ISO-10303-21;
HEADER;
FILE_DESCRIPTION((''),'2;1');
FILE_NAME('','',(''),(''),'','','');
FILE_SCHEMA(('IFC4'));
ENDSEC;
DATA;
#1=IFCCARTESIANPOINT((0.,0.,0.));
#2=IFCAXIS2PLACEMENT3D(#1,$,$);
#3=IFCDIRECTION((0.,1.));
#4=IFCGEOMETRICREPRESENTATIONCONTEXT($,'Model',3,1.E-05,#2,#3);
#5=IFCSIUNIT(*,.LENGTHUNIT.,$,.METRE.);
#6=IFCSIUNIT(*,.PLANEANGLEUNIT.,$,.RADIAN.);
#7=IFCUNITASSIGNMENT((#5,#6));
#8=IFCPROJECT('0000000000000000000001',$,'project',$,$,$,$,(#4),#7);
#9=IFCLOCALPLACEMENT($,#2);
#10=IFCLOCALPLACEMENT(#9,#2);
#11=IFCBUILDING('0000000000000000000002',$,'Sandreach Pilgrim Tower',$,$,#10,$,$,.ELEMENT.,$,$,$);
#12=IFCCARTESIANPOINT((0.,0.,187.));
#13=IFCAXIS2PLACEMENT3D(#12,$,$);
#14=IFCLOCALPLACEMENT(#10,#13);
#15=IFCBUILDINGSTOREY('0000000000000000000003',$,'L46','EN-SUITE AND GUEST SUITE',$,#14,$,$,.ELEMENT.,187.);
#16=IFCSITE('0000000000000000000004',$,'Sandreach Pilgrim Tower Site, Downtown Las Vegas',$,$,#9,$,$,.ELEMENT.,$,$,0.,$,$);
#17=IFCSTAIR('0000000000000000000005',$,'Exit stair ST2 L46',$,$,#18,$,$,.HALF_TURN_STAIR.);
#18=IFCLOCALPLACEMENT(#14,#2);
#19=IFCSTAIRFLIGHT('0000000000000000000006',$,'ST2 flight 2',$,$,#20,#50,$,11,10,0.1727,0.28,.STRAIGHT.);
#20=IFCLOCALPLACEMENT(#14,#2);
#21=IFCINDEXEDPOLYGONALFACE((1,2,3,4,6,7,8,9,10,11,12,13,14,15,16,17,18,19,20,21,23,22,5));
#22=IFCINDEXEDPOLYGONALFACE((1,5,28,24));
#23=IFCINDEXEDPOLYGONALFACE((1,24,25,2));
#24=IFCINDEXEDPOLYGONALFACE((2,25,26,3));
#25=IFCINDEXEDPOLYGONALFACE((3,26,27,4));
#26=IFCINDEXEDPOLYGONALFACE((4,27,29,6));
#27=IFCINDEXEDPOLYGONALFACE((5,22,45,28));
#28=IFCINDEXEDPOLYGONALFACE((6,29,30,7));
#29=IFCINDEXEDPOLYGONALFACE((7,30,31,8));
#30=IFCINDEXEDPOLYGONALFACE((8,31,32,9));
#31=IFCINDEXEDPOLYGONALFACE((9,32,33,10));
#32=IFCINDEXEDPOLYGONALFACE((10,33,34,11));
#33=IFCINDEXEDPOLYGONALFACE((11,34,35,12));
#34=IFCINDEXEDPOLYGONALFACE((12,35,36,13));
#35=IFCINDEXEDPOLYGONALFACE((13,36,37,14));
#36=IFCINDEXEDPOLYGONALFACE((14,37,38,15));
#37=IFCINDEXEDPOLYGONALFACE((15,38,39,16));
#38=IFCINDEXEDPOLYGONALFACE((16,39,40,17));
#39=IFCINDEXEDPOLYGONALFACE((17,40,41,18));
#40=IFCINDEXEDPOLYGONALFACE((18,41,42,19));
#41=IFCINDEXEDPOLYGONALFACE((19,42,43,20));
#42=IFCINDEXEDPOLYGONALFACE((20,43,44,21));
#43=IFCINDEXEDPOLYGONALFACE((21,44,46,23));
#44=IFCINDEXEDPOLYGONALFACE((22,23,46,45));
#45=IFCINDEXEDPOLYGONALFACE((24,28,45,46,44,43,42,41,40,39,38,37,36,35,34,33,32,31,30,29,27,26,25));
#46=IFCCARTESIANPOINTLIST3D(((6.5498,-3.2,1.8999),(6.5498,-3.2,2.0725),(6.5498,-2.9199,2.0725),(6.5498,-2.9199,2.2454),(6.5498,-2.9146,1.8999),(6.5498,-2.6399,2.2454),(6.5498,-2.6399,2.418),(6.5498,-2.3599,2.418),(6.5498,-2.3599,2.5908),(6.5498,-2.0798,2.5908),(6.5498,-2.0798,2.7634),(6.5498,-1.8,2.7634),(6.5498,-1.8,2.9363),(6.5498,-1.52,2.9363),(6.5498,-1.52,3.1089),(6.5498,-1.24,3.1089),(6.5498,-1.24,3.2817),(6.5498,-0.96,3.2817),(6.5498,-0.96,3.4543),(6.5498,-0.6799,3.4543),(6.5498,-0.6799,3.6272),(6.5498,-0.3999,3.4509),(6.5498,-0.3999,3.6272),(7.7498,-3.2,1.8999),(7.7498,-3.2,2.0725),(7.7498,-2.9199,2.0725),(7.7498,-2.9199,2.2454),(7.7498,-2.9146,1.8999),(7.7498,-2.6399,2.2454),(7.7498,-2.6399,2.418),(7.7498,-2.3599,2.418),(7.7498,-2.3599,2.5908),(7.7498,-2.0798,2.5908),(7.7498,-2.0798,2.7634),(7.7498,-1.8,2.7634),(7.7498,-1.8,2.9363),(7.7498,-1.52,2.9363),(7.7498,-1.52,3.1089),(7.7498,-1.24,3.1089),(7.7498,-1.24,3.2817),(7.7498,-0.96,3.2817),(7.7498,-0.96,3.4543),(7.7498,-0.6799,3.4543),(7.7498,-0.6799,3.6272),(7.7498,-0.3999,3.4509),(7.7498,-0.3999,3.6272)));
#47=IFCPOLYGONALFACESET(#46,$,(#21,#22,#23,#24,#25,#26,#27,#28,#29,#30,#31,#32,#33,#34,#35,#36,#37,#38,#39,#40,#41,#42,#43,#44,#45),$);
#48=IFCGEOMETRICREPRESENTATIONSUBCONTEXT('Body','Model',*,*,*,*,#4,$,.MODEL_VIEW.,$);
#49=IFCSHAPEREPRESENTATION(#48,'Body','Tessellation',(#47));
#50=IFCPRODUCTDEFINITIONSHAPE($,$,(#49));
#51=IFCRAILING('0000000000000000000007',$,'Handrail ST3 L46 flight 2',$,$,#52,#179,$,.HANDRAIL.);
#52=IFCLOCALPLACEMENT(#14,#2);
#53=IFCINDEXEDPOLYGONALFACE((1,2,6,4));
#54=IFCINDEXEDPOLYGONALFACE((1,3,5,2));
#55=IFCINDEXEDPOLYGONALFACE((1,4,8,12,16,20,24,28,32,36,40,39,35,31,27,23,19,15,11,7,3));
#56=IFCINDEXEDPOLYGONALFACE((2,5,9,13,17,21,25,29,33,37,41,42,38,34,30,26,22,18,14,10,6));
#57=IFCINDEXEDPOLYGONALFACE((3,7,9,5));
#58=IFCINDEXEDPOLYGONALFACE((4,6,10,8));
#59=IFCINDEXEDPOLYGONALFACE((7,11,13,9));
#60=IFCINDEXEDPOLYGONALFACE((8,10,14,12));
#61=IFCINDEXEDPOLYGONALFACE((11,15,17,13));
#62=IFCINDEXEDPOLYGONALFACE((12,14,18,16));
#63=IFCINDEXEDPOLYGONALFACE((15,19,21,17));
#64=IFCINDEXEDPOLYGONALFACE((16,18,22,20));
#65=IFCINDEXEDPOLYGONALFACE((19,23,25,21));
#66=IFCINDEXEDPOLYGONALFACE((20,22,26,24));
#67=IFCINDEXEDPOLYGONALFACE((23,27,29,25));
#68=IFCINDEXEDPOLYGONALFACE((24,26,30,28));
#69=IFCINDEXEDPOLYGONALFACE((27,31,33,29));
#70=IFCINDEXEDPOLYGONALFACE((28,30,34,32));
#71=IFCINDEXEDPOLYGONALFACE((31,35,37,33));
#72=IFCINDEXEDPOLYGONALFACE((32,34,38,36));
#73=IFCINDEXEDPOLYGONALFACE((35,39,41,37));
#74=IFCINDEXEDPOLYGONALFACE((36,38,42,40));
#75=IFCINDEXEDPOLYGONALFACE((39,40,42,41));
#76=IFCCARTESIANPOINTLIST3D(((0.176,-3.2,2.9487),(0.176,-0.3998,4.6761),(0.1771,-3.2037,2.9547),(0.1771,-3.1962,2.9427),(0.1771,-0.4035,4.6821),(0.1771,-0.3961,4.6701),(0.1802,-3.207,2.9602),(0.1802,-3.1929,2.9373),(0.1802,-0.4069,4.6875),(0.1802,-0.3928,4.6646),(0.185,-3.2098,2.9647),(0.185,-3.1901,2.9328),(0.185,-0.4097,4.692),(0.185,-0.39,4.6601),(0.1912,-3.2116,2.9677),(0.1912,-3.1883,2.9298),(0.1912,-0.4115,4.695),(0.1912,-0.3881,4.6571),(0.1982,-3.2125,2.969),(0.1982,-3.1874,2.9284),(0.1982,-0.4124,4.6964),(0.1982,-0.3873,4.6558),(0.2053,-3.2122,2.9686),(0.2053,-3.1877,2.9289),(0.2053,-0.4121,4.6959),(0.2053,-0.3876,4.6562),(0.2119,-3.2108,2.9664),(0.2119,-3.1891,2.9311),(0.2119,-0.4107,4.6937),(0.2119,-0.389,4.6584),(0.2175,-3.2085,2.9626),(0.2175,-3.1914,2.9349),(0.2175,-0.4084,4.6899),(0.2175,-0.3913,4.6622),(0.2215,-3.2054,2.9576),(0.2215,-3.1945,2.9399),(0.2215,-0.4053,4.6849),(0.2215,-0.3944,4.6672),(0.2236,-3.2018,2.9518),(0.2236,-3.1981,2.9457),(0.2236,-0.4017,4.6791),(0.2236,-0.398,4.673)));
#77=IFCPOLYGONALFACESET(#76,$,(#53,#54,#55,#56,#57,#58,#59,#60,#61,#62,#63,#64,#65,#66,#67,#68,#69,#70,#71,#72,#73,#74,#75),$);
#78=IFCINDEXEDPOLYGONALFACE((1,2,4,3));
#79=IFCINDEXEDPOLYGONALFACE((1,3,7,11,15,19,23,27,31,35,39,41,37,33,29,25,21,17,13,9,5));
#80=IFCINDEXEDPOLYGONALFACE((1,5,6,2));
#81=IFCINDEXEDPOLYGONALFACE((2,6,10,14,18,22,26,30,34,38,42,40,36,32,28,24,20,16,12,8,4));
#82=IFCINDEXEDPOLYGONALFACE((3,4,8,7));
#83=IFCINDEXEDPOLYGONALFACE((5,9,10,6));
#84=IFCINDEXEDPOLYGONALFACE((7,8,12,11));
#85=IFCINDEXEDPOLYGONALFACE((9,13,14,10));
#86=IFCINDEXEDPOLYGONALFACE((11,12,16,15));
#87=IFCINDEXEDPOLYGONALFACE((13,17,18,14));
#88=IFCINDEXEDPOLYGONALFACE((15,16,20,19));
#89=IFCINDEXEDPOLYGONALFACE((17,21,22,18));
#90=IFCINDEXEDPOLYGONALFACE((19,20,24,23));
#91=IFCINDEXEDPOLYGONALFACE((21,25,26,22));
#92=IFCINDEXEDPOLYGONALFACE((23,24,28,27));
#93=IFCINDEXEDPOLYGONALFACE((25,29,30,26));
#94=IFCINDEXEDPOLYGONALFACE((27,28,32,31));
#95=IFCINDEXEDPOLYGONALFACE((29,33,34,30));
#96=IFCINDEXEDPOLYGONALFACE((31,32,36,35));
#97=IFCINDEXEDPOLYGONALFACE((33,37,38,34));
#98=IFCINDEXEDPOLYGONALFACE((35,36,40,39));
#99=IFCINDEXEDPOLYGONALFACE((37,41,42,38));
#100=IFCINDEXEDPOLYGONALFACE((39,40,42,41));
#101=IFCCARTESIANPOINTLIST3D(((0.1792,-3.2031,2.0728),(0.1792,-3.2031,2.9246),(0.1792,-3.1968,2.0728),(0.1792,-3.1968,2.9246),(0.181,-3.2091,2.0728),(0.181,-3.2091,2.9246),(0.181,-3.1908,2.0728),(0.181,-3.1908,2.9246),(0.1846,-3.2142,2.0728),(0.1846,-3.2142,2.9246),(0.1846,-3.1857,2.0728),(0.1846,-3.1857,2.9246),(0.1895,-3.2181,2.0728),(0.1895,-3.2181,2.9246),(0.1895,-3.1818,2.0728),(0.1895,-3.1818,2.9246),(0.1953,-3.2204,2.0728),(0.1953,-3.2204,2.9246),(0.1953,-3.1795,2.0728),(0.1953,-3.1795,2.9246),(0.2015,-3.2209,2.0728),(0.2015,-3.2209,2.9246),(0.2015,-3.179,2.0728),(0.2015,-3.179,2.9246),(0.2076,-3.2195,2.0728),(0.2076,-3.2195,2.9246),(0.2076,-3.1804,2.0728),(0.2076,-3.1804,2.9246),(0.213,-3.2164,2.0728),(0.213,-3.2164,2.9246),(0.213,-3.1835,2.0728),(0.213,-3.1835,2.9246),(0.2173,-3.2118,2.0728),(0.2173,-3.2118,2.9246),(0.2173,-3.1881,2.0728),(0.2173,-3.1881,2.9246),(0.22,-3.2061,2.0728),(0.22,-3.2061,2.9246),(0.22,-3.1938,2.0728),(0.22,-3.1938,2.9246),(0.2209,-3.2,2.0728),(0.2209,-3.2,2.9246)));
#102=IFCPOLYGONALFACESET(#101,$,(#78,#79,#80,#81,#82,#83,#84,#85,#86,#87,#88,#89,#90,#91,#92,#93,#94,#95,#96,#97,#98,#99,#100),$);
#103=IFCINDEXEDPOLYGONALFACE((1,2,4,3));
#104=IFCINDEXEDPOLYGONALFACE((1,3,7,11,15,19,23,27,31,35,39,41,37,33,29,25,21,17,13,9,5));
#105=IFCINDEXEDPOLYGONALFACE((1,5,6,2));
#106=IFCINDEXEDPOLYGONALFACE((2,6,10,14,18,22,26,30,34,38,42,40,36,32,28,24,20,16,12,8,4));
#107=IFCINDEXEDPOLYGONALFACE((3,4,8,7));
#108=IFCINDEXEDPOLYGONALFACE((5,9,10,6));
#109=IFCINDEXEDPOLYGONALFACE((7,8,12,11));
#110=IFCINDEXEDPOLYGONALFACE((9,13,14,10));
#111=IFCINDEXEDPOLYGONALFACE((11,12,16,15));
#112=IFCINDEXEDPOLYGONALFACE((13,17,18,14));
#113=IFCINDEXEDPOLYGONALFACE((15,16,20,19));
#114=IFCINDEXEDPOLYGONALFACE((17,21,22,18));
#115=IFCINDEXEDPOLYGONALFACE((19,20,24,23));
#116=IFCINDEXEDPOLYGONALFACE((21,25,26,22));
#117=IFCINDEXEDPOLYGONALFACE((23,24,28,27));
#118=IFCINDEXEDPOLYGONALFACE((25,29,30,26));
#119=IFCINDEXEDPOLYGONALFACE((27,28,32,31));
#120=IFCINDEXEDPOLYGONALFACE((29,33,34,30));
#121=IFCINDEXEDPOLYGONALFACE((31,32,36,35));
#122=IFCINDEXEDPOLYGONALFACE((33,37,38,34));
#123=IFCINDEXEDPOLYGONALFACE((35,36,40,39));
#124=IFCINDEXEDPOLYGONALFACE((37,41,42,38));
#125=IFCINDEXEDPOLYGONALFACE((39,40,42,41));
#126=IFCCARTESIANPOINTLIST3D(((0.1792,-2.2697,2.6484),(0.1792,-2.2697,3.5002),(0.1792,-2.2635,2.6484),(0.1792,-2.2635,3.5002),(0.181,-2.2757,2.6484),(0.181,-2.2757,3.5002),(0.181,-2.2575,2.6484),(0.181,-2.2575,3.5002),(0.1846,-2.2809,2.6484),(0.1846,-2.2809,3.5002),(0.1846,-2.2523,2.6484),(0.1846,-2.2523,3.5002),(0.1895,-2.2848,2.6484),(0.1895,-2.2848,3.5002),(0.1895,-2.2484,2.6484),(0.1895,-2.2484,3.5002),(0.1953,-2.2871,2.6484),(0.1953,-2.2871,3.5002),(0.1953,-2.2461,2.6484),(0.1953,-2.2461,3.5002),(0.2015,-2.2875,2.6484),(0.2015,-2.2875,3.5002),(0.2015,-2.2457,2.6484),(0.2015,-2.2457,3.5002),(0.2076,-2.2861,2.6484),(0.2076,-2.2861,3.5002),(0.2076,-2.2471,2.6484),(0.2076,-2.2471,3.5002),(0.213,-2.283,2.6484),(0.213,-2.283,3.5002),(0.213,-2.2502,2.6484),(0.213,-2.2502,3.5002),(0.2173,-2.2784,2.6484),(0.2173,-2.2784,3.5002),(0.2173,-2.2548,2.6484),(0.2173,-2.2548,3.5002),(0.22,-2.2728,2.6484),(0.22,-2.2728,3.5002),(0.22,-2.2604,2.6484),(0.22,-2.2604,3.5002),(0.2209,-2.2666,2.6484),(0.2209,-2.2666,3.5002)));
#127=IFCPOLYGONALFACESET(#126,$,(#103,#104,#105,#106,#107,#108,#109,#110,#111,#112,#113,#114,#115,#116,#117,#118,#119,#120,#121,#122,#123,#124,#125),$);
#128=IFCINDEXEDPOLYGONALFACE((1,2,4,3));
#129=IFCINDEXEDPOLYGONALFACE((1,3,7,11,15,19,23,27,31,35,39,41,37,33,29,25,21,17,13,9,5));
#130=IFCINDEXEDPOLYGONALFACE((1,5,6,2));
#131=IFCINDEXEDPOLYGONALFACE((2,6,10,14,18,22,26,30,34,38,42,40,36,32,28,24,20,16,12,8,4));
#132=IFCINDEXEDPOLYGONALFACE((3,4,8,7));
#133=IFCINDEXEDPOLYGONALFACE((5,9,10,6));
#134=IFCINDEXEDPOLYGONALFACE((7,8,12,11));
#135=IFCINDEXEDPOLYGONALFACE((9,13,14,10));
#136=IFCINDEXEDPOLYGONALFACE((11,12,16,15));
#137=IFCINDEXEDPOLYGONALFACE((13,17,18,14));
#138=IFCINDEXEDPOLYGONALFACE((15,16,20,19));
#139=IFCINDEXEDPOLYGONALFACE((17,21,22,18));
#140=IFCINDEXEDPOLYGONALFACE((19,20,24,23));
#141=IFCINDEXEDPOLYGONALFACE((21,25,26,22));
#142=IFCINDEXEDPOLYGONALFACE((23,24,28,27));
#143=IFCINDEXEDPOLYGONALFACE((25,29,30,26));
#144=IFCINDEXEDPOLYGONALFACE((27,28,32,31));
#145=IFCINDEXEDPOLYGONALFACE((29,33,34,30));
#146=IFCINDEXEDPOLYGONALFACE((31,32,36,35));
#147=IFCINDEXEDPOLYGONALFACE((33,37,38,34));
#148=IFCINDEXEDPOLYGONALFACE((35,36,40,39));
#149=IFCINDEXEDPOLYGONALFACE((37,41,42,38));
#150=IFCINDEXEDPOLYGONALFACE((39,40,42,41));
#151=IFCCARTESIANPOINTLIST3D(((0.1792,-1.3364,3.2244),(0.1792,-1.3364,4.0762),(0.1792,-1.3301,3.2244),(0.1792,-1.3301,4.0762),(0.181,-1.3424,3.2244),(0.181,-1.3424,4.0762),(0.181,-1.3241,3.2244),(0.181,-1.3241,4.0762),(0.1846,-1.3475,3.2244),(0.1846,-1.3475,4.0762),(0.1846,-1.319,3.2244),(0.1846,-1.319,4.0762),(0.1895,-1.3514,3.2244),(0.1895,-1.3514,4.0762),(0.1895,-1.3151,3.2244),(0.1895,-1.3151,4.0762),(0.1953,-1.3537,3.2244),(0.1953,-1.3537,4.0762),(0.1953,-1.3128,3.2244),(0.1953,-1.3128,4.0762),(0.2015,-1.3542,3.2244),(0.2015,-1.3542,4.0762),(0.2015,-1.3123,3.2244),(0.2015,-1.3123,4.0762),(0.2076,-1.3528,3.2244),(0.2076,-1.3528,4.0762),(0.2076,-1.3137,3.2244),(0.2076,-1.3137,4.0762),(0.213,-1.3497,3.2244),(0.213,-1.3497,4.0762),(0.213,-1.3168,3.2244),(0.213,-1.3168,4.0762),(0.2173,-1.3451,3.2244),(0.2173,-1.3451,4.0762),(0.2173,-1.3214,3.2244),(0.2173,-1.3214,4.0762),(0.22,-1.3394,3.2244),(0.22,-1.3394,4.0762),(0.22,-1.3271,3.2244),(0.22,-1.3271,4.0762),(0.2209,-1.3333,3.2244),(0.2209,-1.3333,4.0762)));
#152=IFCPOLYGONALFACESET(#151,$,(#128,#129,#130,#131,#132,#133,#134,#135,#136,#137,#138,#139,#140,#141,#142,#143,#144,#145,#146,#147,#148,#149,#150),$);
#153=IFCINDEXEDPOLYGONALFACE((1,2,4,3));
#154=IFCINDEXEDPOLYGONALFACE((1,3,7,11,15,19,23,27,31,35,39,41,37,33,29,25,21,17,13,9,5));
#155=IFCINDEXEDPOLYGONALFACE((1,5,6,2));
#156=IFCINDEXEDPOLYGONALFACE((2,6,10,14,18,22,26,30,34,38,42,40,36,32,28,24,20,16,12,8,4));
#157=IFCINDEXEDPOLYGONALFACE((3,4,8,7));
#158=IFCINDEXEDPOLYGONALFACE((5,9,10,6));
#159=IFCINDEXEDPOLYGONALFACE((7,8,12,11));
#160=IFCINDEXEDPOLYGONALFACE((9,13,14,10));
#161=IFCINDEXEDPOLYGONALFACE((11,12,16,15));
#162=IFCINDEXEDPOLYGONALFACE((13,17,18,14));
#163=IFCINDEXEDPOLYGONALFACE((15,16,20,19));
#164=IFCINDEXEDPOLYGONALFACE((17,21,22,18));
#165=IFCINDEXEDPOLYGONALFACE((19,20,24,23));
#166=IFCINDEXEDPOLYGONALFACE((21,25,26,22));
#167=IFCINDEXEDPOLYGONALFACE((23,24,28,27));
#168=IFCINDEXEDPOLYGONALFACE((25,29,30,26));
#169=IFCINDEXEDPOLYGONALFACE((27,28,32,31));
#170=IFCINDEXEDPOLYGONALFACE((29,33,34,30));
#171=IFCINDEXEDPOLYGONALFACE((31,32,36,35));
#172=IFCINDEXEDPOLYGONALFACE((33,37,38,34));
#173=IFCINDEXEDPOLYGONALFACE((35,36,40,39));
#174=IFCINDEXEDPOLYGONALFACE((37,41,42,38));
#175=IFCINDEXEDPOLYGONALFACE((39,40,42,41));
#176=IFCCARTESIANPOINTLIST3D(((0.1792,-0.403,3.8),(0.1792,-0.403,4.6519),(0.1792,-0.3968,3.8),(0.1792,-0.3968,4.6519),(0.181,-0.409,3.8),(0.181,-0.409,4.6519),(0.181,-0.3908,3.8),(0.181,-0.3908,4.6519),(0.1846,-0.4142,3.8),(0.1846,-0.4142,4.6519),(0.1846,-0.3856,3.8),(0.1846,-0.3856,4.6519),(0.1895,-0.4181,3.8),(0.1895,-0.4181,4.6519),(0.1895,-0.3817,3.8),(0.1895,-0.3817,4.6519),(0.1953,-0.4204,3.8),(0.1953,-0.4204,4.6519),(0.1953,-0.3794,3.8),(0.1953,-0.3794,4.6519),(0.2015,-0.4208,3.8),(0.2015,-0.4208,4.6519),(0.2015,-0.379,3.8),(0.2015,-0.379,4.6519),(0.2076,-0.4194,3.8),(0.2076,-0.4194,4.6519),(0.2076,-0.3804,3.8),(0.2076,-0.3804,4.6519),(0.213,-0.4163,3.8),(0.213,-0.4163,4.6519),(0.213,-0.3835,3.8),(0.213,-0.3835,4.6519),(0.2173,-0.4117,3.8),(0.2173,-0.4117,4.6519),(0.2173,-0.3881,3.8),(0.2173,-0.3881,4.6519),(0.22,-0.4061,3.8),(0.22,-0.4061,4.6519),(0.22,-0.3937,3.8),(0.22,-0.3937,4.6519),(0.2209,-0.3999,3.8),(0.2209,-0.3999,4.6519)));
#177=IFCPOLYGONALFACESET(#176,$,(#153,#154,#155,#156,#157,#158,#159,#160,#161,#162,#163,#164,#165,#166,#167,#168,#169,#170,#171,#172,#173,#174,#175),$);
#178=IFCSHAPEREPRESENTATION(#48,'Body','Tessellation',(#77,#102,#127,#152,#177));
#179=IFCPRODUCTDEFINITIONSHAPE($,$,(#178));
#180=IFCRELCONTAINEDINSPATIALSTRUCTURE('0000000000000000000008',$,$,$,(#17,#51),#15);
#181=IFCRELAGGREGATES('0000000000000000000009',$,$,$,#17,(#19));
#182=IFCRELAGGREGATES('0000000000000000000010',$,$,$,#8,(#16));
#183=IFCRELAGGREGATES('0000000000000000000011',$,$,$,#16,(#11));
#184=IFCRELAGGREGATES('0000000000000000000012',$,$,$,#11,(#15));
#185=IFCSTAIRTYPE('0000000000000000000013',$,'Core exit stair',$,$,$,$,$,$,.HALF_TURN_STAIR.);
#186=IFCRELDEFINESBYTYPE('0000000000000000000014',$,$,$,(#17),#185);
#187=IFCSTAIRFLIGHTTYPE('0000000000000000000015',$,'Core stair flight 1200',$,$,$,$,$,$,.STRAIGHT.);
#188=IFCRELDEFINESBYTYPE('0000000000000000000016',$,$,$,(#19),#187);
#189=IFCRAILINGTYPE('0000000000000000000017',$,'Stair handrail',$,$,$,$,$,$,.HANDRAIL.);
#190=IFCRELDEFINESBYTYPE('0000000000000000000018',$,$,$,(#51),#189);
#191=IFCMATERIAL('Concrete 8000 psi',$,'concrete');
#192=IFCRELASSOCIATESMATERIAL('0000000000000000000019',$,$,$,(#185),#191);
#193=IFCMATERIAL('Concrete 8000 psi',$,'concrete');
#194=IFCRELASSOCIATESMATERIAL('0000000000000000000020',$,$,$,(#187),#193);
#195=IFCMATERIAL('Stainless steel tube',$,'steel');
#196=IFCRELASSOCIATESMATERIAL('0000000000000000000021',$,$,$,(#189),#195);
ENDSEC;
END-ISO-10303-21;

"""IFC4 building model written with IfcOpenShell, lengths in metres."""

from ifc_helpers import new_model, si_unit, direction, frame, origin, origin_2d, place, context, subcontext, project, spatial, polyline, circle, outline, extrude, material, type_object, element, aggregate, save


model = new_model("IFC4")

# Units and contexts
model_context = context("Model", 3, precision=1e-05, world=origin(), true_north=direction((0.0, 1.0)))
body_context = subcontext(model_context, "Body", "Model", "MODEL_VIEW")
ifc_project = project(units=[si_unit("LENGTHUNIT", "METRE"), si_unit("PLANEANGLEUNIT", "RADIAN")], contexts=[model_context])

# Site, building, storey
site_placement = place(None, origin())
site = spatial("IfcSite", under=ifc_project, at=site_placement, Name="Sandreach Pilgrim Tower Site, Downtown Las Vegas", CompositionType="ELEMENT", RefElevation=0.0)
building_placement = place(site_placement, origin())
building = spatial("IfcBuilding", under=site, at=building_placement, Name="Sandreach Pilgrim Tower", CompositionType="ELEMENT")
storey_placement = place(building_placement, frame((0.0, 0.0, 187.0)))
storey = spatial("IfcBuildingStorey", under=building, at=storey_placement, Name="L46", Description="EN-SUITE AND GUEST SUITE", CompositionType="ELEMENT", Elevation=187.0)

# Shared definitions
ifc_material_1 = material(Name="Concrete 8000 psi", Category="concrete")
stair_type = type_object("IfcStairType", Name="Core exit stair", PredefinedType="HALF_TURN_STAIR", material=ifc_material_1)
ifc_material_2 = material(Name="Concrete 8000 psi", Category="concrete")
stair_flight_type = type_object("IfcStairFlightType", Name="Core stair flight 1200", PredefinedType="STRAIGHT", material=ifc_material_2)

# Stair, stair flight
stair_1_placement = place(storey_placement, origin())
stair_1 = element("IfcStair", 1, at=stair_1_placement, inside=storey, type_object=stair_type, Name="Exit stair ST2 L46", PredefinedType="HALF_TURN_STAIR")
stair_flight_1_placement = place(storey_placement, frame((7.1499, -3.2, 1.8999), z_axis=(0.0, 0.0, 1.0), x_axis=(0.0, 1.0, 0.0)))
stair_flight_1 = element("IfcStairFlight", 2, at=stair_flight_1_placement, type_object=stair_flight_type, Name="ST2 flight 2", NumberOfRisers=11, NumberOfTreads=10, PredefinedType="STRAIGHT", RiserHeight=0.1727, TreadLength=0.28, context=body_context, shape_type="SweptSolid", body=[
    extrude(outline(polyline([(0.0, 0.0), (0.0, 0.1726), (0.28, 0.1726), (0.28, 0.3455), (0.5601, 0.3455), (0.5601, 0.5181), (0.8401, 0.5181), (0.8401, 0.6909), (1.1201, 0.6909), (1.1201, 0.8635), (1.3999, 0.8635), (1.3999, 1.0364), (1.6799, 1.0364), (1.6799, 1.209), (1.96, 1.209), (1.96, 1.3818), (2.24, 1.3818), (2.24, 1.5544), (2.52, 1.5544), (2.52, 1.7273), (2.8, 1.7273), (2.8, 1.8999), (2.8, 1.551), (0.2854, 0.0), (0.0, 0.0)])), frame((0.0, 0.6001, 0.0), z_axis=(0.0, -1.0, 0.0), x_axis=(1.0, 0.0, 0.0)), (0.0, 0.0, 1.0), 1.2),
])
aggregate(stair_1, [stair_flight_1])

# Railing
ifc_material_3 = material(Name="Stainless steel tube", Category="steel")
railing_type = type_object("IfcRailingType", Name="Stair handrail", PredefinedType="HANDRAIL", material=ifc_material_3)
for number, where, name in (
    (3, (0.2, -3.2, 2.0728), "Handrail ST3 L46 flight 2"),
):
    element("IfcRailing", number, at=place(storey_placement, frame(where)), inside=storey, type_object=railing_type, Name=name, PredefinedType="HANDRAIL", context=body_context, shape_type="SweptSolid", body=[
        extrude(circle(Radius=0.0239, at=origin_2d()), frame((0.0, 0.0, 0.876), z_axis=(0.0, 0.85109, 0.52502), x_axis=(-1.0, 0.0, 0.0)), (0.0, 0.0, 1.0), 3.29),
        extrude(circle(Radius=0.021, at=origin_2d()), origin(), (0.0, 0.0, 1.0), 0.8518),
        extrude(circle(Radius=0.021, at=origin_2d()), frame((0.0, 0.9333, 0.5757)), (0.0, 0.0, 1.0), 0.8518),
        extrude(circle(Radius=0.021, at=origin_2d()), frame((0.0, 1.8667, 1.1516)), (0.0, 0.0, 1.0), 0.8518),
        extrude(circle(Radius=0.021, at=origin_2d()), frame((0.0, 2.8, 1.7273)), (0.0, 0.0, 1.0), 0.8518),
    ])

save(model, "model.ifc")
